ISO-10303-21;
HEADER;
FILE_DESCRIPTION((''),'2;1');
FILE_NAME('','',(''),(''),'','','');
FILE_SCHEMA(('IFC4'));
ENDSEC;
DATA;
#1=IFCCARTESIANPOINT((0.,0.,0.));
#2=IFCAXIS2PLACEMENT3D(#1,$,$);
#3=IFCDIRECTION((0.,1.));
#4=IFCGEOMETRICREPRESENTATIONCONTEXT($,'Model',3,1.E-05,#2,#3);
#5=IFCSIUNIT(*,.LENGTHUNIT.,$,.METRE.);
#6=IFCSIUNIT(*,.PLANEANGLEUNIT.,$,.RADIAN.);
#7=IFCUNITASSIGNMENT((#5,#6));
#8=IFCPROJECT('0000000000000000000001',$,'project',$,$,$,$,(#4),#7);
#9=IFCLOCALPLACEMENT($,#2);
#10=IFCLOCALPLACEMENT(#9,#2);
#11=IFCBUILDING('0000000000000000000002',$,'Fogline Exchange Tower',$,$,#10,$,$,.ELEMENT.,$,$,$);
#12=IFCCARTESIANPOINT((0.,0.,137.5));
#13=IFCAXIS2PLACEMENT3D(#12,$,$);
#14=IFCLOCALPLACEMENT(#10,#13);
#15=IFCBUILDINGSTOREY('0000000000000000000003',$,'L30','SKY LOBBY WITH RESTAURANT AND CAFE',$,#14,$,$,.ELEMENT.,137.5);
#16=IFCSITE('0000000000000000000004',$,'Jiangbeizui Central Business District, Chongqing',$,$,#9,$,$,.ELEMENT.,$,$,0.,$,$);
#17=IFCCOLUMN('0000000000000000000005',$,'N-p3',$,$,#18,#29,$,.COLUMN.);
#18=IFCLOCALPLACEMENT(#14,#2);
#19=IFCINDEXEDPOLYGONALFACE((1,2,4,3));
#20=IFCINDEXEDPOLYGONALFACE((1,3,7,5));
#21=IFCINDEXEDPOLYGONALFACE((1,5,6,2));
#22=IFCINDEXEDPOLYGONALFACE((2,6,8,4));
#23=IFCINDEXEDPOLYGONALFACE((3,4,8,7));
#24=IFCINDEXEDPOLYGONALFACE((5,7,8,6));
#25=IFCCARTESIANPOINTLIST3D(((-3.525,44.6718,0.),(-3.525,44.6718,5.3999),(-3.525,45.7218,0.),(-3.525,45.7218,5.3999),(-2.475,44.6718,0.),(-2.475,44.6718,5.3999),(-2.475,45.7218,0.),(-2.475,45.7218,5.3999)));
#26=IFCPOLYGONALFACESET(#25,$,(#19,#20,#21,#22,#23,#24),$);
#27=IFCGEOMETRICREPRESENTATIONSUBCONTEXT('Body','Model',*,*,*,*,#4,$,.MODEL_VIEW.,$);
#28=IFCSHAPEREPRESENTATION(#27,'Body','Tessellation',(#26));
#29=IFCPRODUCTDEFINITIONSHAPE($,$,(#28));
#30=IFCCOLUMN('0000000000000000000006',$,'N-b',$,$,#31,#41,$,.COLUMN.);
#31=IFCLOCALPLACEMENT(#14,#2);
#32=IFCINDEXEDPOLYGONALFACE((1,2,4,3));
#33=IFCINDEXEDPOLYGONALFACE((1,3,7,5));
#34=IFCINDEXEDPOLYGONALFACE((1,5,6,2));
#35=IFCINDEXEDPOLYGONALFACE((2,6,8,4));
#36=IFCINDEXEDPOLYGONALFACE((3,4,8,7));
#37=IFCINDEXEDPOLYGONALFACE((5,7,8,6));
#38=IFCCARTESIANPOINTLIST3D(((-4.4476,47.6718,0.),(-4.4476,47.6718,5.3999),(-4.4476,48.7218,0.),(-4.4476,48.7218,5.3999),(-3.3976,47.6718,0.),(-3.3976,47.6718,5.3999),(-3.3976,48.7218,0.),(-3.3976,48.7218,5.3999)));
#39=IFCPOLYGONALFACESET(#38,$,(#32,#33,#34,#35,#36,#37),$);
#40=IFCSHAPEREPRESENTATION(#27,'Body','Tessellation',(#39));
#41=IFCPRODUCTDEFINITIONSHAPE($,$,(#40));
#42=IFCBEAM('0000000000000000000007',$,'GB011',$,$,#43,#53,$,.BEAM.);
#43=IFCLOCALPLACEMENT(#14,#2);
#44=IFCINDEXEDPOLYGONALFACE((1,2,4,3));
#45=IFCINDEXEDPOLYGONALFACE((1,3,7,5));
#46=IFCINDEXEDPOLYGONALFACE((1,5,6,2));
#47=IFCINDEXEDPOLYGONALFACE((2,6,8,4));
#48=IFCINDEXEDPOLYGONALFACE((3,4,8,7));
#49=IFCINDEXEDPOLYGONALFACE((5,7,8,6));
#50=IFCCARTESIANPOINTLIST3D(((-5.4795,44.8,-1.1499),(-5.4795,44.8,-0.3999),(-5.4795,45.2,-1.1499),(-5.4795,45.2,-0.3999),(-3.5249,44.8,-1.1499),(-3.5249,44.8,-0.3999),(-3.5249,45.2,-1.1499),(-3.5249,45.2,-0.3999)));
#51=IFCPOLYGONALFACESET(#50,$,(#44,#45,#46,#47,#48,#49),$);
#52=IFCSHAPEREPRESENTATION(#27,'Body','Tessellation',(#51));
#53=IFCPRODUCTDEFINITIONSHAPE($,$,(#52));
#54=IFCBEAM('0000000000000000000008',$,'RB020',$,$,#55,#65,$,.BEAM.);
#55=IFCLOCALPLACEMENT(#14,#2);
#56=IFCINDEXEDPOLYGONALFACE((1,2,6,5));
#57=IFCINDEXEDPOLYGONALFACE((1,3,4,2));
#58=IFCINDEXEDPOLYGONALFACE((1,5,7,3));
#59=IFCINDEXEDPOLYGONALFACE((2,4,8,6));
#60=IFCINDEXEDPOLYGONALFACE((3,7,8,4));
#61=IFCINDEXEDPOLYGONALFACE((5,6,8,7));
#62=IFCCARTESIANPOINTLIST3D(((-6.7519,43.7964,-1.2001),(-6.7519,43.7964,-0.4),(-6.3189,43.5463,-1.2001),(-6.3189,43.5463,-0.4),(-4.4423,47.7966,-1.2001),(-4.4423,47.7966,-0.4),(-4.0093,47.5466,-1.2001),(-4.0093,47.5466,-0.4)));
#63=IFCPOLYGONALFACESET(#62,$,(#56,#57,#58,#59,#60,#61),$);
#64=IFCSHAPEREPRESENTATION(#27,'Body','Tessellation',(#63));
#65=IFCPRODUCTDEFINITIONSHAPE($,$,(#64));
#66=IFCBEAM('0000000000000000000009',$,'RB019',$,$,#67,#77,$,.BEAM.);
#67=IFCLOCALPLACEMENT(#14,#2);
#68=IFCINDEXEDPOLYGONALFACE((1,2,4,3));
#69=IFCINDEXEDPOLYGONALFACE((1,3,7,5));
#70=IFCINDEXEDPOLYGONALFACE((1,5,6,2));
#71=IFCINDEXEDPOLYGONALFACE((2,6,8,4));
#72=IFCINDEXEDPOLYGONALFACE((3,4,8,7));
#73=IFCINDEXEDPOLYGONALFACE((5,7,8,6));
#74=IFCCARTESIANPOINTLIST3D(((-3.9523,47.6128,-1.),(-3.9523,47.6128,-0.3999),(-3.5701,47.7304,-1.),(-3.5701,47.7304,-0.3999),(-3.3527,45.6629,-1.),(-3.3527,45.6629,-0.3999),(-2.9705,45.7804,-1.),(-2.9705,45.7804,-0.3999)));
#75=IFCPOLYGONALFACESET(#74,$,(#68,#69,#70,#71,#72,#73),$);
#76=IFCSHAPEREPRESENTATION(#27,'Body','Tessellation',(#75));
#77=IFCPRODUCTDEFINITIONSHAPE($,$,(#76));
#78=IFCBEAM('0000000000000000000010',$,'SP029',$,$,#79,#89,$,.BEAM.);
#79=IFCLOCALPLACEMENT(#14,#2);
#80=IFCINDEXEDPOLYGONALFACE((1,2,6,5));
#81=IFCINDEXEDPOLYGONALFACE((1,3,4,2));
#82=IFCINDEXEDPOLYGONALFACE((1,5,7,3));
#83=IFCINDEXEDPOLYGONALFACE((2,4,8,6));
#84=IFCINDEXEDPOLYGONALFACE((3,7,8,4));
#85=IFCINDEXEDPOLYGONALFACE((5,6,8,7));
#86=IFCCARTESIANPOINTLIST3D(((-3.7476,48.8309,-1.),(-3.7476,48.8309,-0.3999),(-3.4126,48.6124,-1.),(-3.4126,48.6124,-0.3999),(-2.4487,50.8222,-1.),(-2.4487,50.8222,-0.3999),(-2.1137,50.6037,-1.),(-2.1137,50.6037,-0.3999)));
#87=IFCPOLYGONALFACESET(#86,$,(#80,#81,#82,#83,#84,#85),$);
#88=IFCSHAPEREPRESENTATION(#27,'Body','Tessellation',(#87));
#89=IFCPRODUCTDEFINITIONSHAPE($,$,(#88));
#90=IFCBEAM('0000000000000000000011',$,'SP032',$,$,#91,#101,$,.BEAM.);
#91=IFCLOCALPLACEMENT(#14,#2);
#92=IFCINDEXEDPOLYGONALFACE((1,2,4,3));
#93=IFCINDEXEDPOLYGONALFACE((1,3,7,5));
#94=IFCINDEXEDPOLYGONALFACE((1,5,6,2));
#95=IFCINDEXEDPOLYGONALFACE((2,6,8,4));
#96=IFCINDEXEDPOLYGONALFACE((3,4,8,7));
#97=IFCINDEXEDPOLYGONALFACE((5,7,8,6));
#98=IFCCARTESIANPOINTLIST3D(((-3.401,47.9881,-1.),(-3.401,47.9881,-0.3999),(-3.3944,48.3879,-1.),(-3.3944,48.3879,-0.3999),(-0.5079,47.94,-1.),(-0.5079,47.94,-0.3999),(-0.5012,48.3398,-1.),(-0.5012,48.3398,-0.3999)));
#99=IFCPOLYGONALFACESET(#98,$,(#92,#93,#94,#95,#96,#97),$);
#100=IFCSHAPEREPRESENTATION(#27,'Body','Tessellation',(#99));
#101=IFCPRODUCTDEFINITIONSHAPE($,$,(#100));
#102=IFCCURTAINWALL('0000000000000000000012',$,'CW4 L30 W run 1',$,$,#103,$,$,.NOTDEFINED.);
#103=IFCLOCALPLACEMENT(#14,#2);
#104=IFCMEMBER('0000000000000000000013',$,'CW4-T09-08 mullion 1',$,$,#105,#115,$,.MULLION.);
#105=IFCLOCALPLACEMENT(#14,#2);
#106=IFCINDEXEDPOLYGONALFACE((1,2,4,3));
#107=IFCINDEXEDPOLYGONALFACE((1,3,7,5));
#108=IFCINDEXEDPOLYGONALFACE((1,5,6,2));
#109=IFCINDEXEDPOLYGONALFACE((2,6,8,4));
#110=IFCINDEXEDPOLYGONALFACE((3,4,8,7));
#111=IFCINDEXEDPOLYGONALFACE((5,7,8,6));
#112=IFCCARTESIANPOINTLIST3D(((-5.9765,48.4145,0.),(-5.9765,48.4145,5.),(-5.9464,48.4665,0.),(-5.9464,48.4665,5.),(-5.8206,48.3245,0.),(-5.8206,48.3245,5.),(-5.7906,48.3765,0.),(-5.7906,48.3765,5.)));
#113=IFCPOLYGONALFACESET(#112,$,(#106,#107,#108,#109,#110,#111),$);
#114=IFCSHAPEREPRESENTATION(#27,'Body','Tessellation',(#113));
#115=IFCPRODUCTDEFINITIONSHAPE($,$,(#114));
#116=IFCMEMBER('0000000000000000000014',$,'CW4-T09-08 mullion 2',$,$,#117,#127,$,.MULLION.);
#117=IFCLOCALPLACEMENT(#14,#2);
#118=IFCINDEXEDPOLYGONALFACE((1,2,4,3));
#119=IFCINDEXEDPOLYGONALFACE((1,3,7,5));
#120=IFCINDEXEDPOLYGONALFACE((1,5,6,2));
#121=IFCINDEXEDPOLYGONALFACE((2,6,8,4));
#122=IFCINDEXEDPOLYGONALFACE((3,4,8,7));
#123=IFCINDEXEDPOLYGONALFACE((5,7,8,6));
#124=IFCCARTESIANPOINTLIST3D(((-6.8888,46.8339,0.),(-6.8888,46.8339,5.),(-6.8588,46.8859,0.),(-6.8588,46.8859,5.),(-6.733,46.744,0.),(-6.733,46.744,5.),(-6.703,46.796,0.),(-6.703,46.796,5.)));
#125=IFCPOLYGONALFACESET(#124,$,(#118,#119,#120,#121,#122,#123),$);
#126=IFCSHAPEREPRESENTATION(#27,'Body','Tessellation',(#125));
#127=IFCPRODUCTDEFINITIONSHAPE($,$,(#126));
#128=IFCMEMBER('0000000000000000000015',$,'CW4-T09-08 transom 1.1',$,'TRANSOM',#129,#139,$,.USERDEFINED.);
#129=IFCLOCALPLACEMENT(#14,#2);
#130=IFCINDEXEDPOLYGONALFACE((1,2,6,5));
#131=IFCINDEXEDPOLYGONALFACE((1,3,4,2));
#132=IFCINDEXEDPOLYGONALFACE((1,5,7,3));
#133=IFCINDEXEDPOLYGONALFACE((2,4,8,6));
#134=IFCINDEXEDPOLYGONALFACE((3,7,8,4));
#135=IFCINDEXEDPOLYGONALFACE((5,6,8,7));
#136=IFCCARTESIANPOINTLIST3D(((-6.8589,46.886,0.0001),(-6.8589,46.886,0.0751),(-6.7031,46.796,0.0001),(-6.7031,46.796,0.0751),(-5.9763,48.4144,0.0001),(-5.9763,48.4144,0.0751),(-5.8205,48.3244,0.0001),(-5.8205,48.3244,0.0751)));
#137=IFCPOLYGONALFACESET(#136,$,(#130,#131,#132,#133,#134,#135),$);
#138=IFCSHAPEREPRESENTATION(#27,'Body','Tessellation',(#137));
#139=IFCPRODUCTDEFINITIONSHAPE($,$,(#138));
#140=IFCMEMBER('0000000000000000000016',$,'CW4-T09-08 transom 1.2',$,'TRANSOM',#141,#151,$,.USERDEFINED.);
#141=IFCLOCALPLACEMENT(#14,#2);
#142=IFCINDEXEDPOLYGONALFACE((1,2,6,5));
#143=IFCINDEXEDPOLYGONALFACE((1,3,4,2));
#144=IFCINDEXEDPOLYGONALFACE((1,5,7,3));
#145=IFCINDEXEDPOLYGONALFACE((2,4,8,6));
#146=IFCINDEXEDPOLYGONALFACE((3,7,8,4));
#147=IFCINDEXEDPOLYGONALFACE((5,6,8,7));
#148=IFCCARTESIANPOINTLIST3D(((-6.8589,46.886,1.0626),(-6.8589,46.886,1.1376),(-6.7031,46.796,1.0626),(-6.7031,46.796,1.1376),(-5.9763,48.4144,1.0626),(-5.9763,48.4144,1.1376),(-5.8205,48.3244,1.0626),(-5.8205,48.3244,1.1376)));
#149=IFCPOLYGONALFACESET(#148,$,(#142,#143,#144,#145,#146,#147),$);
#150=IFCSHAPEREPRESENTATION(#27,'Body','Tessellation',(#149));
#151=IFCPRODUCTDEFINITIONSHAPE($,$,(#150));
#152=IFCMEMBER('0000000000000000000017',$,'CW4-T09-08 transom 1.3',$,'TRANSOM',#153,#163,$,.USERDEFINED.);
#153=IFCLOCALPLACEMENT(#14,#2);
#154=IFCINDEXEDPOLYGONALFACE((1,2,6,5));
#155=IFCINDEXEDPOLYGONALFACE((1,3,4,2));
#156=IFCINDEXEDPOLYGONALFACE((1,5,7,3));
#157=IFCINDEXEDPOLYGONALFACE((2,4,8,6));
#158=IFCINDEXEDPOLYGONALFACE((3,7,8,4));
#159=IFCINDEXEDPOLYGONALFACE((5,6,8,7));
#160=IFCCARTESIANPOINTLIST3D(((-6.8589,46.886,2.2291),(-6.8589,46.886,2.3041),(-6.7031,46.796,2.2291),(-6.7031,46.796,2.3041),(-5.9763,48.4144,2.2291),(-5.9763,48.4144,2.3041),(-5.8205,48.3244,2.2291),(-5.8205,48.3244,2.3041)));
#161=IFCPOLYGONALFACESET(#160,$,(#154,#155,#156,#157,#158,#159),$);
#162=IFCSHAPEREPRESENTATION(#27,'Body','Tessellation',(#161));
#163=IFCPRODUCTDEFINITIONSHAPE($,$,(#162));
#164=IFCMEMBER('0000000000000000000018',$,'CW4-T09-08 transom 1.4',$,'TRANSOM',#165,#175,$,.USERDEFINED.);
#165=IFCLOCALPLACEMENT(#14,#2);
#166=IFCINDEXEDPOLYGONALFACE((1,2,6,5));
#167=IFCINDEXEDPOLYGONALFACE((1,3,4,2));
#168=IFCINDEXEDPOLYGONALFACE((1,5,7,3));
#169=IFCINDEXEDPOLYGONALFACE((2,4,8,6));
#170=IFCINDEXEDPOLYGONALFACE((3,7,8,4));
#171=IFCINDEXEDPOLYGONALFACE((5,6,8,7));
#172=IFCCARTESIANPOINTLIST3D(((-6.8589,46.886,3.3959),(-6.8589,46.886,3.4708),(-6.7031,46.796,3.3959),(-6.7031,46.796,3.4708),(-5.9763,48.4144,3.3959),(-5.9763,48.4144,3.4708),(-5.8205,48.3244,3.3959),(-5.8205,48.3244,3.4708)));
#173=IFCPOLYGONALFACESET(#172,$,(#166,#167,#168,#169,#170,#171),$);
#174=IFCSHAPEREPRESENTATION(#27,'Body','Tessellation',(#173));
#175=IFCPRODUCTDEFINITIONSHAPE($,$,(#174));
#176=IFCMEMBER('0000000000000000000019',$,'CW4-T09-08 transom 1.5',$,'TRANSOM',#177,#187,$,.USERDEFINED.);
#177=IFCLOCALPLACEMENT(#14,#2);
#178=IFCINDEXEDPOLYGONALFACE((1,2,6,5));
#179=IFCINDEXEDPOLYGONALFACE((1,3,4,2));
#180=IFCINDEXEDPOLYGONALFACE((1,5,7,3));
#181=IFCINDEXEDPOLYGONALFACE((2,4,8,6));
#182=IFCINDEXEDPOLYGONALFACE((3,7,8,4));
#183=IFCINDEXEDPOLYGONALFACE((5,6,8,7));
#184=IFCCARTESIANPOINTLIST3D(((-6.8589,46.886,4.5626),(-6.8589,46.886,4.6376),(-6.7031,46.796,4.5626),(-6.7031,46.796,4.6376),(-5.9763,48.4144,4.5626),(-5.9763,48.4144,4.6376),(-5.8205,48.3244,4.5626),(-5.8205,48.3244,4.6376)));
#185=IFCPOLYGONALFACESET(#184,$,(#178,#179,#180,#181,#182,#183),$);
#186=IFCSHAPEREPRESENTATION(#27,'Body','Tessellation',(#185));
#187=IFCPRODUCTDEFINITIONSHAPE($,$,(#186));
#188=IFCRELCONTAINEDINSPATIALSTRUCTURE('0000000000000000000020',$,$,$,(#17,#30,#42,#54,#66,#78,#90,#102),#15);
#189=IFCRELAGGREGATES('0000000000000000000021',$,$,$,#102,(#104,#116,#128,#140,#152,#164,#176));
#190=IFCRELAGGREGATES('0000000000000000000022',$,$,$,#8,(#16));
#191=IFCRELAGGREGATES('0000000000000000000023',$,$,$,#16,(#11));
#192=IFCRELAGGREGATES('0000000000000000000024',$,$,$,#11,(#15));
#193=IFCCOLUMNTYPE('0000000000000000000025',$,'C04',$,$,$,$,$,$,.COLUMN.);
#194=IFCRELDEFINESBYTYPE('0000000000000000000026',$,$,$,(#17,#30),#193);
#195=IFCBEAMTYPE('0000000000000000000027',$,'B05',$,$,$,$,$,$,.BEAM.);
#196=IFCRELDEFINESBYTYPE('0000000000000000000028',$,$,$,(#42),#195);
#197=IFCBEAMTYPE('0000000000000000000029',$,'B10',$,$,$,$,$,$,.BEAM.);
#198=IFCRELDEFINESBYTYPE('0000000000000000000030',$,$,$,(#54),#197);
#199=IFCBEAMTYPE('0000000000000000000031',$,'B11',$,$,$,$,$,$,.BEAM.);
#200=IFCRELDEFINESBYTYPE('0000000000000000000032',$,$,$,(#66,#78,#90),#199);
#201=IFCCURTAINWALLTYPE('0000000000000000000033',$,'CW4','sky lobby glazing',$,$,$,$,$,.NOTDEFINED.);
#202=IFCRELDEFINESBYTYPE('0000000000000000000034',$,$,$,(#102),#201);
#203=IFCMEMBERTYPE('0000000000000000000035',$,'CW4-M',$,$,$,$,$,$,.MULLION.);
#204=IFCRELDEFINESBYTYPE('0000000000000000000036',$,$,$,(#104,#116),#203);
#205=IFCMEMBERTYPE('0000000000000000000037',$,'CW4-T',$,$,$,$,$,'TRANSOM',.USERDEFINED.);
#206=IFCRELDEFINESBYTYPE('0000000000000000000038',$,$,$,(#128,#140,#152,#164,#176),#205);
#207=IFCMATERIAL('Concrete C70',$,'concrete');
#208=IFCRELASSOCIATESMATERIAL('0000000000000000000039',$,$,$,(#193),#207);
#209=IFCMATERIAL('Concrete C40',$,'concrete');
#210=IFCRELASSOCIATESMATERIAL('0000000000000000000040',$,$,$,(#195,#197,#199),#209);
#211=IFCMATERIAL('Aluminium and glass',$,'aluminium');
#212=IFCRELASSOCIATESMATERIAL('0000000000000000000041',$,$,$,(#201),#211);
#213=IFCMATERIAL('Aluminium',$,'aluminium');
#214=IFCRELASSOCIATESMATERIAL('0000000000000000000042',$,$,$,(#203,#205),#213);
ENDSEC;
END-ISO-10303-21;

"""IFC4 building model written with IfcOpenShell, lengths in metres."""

from ifc_helpers import new_model, si_unit, direction, frame, origin, origin_2d, place, context, subcontext, project, spatial, rectangle, extrude, material, material_profile, profile_set, type_object, element, aggregate, save


model = new_model("IFC4")

# Units and contexts
model_context = context("Model", 3, precision=1e-05, world=origin(), true_north=direction((0.0, 1.0)))
body_context = subcontext(model_context, "Body", "Model", "MODEL_VIEW")
ifc_project = project(units=[si_unit("LENGTHUNIT", "METRE"), si_unit("PLANEANGLEUNIT", "RADIAN")], contexts=[model_context])

# Site, building, storey
site_placement = place(None, origin())
site = spatial("IfcSite", under=ifc_project, at=site_placement, Name="Jiangbeizui Central Business District, Chongqing", CompositionType="ELEMENT", RefElevation=0.0)
building_placement = place(site_placement, origin())
building = spatial("IfcBuilding", under=site, at=building_placement, Name="Fogline Exchange Tower", CompositionType="ELEMENT")
storey_placement = place(building_placement, frame((0.0, 0.0, 137.5)))
storey = spatial("IfcBuildingStorey", under=building, at=storey_placement, Name="L30", Description="SKY LOBBY WITH RESTAURANT AND CAFE", CompositionType="ELEMENT", Elevation=137.5)

# Columns
ifc_material_1 = material(Name="Concrete C70", Category="concrete")
ifc_material_profile_1 = material_profile(ifc_material_1, rectangle(XDim=1.05, YDim=1.05, at=origin_2d()), Name="RC 1050x1050")
ifc_profile_set_1 = profile_set([ifc_material_profile_1], Name="Concrete C70")
column_type = type_object("IfcColumnType", Name="C04", PredefinedType="COLUMN", material=ifc_profile_set_1)
for number, where, z_axis, x_axis, name in (
    (1, (-3.0, 45.1968, 0.0), (0.0, 0.0, 1.0), (1.0, 0.0, 0.0), "N-p3"),
    (2, (-3.9226, 48.1968, 0.0), (0.0, 0.0, 1.0), (1.0, 0.0, 0.0), "N-b"),
):
    element("IfcColumn", number, at=place(storey_placement, frame(where, z_axis=z_axis, x_axis=x_axis)), inside=storey, type_object=column_type, Name=name, PredefinedType="COLUMN", context=body_context, shape_type="SweptSolid", body=[
        extrude(rectangle(XDim=1.05, YDim=1.05, at=origin_2d()), origin(), (0.0, 0.0, 1.0), 5.3999),
    ])

# Beams
ifc_material_2 = material(Name="Concrete C40", Category="concrete")
ifc_material_profile_2 = material_profile(ifc_material_2, rectangle(XDim=0.3999, YDim=0.75, at=origin_2d()), Name="RC 400x750")
ifc_profile_set_2 = profile_set([ifc_material_profile_2], Name="Concrete C40")
beam_type_1 = type_object("IfcBeamType", Name="B05", PredefinedType="BEAM", material=ifc_profile_set_2)
beam_1_placement = place(storey_placement, frame((-5.4795, 45.0, -0.7749), z_axis=(1.0, 0.0, 0.0), x_axis=(0.0, 1.0, 0.0)))
element("IfcBeam", 3, at=beam_1_placement, inside=storey, type_object=beam_type_1, Name="GB011", PredefinedType="BEAM", context=body_context, shape_type="SweptSolid", body=[
    extrude(rectangle(XDim=0.3999, YDim=0.75, at=origin_2d()), origin(), (0.0, 0.0, 1.0), 1.9546),
])
ifc_material_profile_3 = material_profile(ifc_material_2, rectangle(XDim=0.5, YDim=0.8, at=origin_2d()), Name="RC 500x800")
ifc_profile_set_3 = profile_set([ifc_material_profile_3], Name="Concrete C40")
beam_type_2 = type_object("IfcBeamType", Name="B10", PredefinedType="BEAM", material=ifc_profile_set_3)
beam_2_placement = place(storey_placement, frame((-4.2258, 47.6716, -0.8), z_axis=(-0.500005, -0.866023, 0.0), x_axis=(0.866023, -0.500005, 0.0)))
element("IfcBeam", 4, at=beam_2_placement, inside=storey, type_object=beam_type_2, Name="RB020", PredefinedType="BEAM", context=body_context, shape_type="SweptSolid", body=[
    extrude(rectangle(XDim=0.5, YDim=0.8, at=origin_2d()), origin(), (0.0, 0.0, 1.0), 4.6191),
])
ifc_material_profile_4 = material_profile(ifc_material_2, rectangle(XDim=0.3999, YDim=0.6001, at=origin_2d()), Name="RC 400x600")
ifc_profile_set_4 = profile_set([ifc_material_profile_4], Name="Concrete C40")
beam_type_3 = type_object("IfcBeamType", Name="B11", PredefinedType="BEAM", material=ifc_profile_set_4)
beam_3_placement = place(storey_placement, frame((-3.1616, 45.7217, -0.7), z_axis=(-0.293918, 0.955831, 0.0), x_axis=(-0.955831, -0.293918, 0.0)))
element("IfcBeam", 5, at=beam_3_placement, inside=storey, type_object=beam_type_3, Name="RB019", PredefinedType="BEAM", context=body_context, shape_type="SweptSolid", body=[
    extrude(rectangle(XDim=0.3999, YDim=0.6001, at=origin_2d()), origin(), (0.0, 0.0, 1.0), 2.04),
])
beam_4_placement = place(storey_placement, frame((-3.5801, 48.7217, -0.7), z_axis=(0.54633, 0.83757, 0.0), x_axis=(-0.83757, 0.54633, 0.0)))
element("IfcBeam", 6, at=beam_4_placement, inside=storey, type_object=beam_type_3, Name="SP029", PredefinedType="BEAM", context=body_context, shape_type="SweptSolid", body=[
    extrude(rectangle(XDim=0.3999, YDim=0.6001, at=origin_2d()), origin(), (0.0, 0.0, 1.0), 2.3774),
])
beam_5_placement = place(storey_placement, frame((-3.3977, 48.188, -0.7), z_axis=(0.999862, -0.016622, 0.0), x_axis=(0.016622, 0.999862, 0.0)))
element("IfcBeam", 7, at=beam_5_placement, inside=storey, type_object=beam_type_3, Name="SP032", PredefinedType="BEAM", context=body_context, shape_type="SweptSolid", body=[
    extrude(rectangle(XDim=0.3999, YDim=0.6001, at=origin_2d()), origin(), (0.0, 0.0, 1.0), 2.8936),
])

# Curtain wall, members
ifc_material_3 = material(Name="Aluminium and glass", Category="aluminium")
curtain_wall_type = type_object("IfcCurtainWallType", Name="CW4", Description="sky lobby glazing", PredefinedType="NOTDEFINED", material=ifc_material_3)
curtain_wall_placement = place(storey_placement, origin())
curtain_wall = element("IfcCurtainWall", 8, at=curtain_wall_placement, inside=storey, type_object=curtain_wall_type, Name="CW4 L30 W run 1", PredefinedType="NOTDEFINED")
ifc_material_4 = material(Name="Aluminium", Category="aluminium")
ifc_material_profile_5 = material_profile(ifc_material_4, rectangle(XDim=0.1799, YDim=0.0601, at=origin_2d()), Name="Mullion 60x180")
ifc_profile_set_5 = profile_set([ifc_material_profile_5], Name="Aluminium")
member_type_1 = type_object("IfcMemberType", Name="CW4-M", PredefinedType="MULLION", material=ifc_profile_set_5)
member_1_placement = place(storey_placement, frame((-5.8835, 48.3955, 0.0), z_axis=(0.0, 0.0, 1.0), x_axis=(0.866026, -0.5, 0.0)))
member_1 = element("IfcMember", 9, at=member_1_placement, type_object=member_type_1, Name="CW4-T09-08 mullion 1", PredefinedType="MULLION", context=body_context, shape_type="SweptSolid", body=[
    extrude(rectangle(XDim=0.1799, YDim=0.0601, at=origin_2d()), origin(), (0.0, 0.0, 1.0), 5.0),
])
member_2_placement = place(storey_placement, frame((-6.7959, 46.8149, 0.0), z_axis=(0.0, 0.0, 1.0), x_axis=(0.866026, -0.5, 0.0)))
member_2 = element("IfcMember", 10, at=member_2_placement, type_object=member_type_1, Name="CW4-T09-08 mullion 2", PredefinedType="MULLION", context=body_context, shape_type="SweptSolid", body=[
    extrude(rectangle(XDim=0.1799, YDim=0.0601, at=origin_2d()), origin(), (0.0, 0.0, 1.0), 5.0),
])
ifc_material_profile_6 = material_profile(ifc_material_4, rectangle(XDim=0.1799, YDim=0.075, at=origin_2d()), Name="Transom 75x180")
ifc_profile_set_6 = profile_set([ifc_material_profile_6], Name="Aluminium")
member_type_2 = type_object("IfcMemberType", Name="CW4-T", ElementType="TRANSOM", PredefinedType="USERDEFINED", material=ifc_profile_set_6)
member_3_placement = place(storey_placement, frame((-5.8984, 48.3694, 0.0376), z_axis=(-0.500082, -0.865978, 0.0), x_axis=(0.865978, -0.500082, 0.0)))
member_3 = element("IfcMember", 11, at=member_3_placement, type_object=member_type_2, Name="CW4-T09-08 transom 1.1", ObjectType="TRANSOM", PredefinedType="USERDEFINED", context=body_context, shape_type="SweptSolid", body=[
    extrude(rectangle(XDim=0.1799, YDim=0.075, at=origin_2d()), origin(), (0.0, 0.0, 1.0), 1.7649),
])
member_4_placement = place(storey_placement, frame((-5.8984, 48.3694, 1.1001), z_axis=(-0.500082, -0.865978, 0.0), x_axis=(0.865978, -0.500082, 0.0)))
member_4 = element("IfcMember", 12, at=member_4_placement, type_object=member_type_2, Name="CW4-T09-08 transom 1.2", ObjectType="TRANSOM", PredefinedType="USERDEFINED", context=body_context, shape_type="SweptSolid", body=[
    extrude(rectangle(XDim=0.1799, YDim=0.075, at=origin_2d()), origin(), (0.0, 0.0, 1.0), 1.7649),
])
member_5_placement = place(storey_placement, frame((-5.8984, 48.3694, 2.2666), z_axis=(-0.500082, -0.865978, 0.0), x_axis=(0.865978, -0.500082, 0.0)))
member_5 = element("IfcMember", 13, at=member_5_placement, type_object=member_type_2, Name="CW4-T09-08 transom 1.3", ObjectType="TRANSOM", PredefinedType="USERDEFINED", context=body_context, shape_type="SweptSolid", body=[
    extrude(rectangle(XDim=0.1799, YDim=0.075, at=origin_2d()), origin(), (0.0, 0.0, 1.0), 1.7649),
])
member_6_placement = place(storey_placement, frame((-5.8984, 48.3694, 3.4333), z_axis=(-0.500082, -0.865978, 0.0), x_axis=(0.865978, -0.500082, 0.0)))
member_6 = element("IfcMember", 14, at=member_6_placement, type_object=member_type_2, Name="CW4-T09-08 transom 1.4", ObjectType="TRANSOM", PredefinedType="USERDEFINED", context=body_context, shape_type="SweptSolid", body=[
    extrude(rectangle(XDim=0.1799, YDim=0.075, at=origin_2d()), origin(), (0.0, 0.0, 1.0), 1.7649),
])
member_7_placement = place(storey_placement, frame((-5.8984, 48.3694, 4.6001), z_axis=(-0.500082, -0.865978, 0.0), x_axis=(0.865978, -0.500082, 0.0)))
member_7 = element("IfcMember", 15, at=member_7_placement, type_object=member_type_2, Name="CW4-T09-08 transom 1.5", ObjectType="TRANSOM", PredefinedType="USERDEFINED", context=body_context, shape_type="SweptSolid", body=[
    extrude(rectangle(XDim=0.1799, YDim=0.075, at=origin_2d()), origin(), (0.0, 0.0, 1.0), 1.7649),
])
aggregate(curtain_wall, [member_1, member_2, member_3, member_4, member_5, member_6, member_7])

save(model, "model.ifc")
